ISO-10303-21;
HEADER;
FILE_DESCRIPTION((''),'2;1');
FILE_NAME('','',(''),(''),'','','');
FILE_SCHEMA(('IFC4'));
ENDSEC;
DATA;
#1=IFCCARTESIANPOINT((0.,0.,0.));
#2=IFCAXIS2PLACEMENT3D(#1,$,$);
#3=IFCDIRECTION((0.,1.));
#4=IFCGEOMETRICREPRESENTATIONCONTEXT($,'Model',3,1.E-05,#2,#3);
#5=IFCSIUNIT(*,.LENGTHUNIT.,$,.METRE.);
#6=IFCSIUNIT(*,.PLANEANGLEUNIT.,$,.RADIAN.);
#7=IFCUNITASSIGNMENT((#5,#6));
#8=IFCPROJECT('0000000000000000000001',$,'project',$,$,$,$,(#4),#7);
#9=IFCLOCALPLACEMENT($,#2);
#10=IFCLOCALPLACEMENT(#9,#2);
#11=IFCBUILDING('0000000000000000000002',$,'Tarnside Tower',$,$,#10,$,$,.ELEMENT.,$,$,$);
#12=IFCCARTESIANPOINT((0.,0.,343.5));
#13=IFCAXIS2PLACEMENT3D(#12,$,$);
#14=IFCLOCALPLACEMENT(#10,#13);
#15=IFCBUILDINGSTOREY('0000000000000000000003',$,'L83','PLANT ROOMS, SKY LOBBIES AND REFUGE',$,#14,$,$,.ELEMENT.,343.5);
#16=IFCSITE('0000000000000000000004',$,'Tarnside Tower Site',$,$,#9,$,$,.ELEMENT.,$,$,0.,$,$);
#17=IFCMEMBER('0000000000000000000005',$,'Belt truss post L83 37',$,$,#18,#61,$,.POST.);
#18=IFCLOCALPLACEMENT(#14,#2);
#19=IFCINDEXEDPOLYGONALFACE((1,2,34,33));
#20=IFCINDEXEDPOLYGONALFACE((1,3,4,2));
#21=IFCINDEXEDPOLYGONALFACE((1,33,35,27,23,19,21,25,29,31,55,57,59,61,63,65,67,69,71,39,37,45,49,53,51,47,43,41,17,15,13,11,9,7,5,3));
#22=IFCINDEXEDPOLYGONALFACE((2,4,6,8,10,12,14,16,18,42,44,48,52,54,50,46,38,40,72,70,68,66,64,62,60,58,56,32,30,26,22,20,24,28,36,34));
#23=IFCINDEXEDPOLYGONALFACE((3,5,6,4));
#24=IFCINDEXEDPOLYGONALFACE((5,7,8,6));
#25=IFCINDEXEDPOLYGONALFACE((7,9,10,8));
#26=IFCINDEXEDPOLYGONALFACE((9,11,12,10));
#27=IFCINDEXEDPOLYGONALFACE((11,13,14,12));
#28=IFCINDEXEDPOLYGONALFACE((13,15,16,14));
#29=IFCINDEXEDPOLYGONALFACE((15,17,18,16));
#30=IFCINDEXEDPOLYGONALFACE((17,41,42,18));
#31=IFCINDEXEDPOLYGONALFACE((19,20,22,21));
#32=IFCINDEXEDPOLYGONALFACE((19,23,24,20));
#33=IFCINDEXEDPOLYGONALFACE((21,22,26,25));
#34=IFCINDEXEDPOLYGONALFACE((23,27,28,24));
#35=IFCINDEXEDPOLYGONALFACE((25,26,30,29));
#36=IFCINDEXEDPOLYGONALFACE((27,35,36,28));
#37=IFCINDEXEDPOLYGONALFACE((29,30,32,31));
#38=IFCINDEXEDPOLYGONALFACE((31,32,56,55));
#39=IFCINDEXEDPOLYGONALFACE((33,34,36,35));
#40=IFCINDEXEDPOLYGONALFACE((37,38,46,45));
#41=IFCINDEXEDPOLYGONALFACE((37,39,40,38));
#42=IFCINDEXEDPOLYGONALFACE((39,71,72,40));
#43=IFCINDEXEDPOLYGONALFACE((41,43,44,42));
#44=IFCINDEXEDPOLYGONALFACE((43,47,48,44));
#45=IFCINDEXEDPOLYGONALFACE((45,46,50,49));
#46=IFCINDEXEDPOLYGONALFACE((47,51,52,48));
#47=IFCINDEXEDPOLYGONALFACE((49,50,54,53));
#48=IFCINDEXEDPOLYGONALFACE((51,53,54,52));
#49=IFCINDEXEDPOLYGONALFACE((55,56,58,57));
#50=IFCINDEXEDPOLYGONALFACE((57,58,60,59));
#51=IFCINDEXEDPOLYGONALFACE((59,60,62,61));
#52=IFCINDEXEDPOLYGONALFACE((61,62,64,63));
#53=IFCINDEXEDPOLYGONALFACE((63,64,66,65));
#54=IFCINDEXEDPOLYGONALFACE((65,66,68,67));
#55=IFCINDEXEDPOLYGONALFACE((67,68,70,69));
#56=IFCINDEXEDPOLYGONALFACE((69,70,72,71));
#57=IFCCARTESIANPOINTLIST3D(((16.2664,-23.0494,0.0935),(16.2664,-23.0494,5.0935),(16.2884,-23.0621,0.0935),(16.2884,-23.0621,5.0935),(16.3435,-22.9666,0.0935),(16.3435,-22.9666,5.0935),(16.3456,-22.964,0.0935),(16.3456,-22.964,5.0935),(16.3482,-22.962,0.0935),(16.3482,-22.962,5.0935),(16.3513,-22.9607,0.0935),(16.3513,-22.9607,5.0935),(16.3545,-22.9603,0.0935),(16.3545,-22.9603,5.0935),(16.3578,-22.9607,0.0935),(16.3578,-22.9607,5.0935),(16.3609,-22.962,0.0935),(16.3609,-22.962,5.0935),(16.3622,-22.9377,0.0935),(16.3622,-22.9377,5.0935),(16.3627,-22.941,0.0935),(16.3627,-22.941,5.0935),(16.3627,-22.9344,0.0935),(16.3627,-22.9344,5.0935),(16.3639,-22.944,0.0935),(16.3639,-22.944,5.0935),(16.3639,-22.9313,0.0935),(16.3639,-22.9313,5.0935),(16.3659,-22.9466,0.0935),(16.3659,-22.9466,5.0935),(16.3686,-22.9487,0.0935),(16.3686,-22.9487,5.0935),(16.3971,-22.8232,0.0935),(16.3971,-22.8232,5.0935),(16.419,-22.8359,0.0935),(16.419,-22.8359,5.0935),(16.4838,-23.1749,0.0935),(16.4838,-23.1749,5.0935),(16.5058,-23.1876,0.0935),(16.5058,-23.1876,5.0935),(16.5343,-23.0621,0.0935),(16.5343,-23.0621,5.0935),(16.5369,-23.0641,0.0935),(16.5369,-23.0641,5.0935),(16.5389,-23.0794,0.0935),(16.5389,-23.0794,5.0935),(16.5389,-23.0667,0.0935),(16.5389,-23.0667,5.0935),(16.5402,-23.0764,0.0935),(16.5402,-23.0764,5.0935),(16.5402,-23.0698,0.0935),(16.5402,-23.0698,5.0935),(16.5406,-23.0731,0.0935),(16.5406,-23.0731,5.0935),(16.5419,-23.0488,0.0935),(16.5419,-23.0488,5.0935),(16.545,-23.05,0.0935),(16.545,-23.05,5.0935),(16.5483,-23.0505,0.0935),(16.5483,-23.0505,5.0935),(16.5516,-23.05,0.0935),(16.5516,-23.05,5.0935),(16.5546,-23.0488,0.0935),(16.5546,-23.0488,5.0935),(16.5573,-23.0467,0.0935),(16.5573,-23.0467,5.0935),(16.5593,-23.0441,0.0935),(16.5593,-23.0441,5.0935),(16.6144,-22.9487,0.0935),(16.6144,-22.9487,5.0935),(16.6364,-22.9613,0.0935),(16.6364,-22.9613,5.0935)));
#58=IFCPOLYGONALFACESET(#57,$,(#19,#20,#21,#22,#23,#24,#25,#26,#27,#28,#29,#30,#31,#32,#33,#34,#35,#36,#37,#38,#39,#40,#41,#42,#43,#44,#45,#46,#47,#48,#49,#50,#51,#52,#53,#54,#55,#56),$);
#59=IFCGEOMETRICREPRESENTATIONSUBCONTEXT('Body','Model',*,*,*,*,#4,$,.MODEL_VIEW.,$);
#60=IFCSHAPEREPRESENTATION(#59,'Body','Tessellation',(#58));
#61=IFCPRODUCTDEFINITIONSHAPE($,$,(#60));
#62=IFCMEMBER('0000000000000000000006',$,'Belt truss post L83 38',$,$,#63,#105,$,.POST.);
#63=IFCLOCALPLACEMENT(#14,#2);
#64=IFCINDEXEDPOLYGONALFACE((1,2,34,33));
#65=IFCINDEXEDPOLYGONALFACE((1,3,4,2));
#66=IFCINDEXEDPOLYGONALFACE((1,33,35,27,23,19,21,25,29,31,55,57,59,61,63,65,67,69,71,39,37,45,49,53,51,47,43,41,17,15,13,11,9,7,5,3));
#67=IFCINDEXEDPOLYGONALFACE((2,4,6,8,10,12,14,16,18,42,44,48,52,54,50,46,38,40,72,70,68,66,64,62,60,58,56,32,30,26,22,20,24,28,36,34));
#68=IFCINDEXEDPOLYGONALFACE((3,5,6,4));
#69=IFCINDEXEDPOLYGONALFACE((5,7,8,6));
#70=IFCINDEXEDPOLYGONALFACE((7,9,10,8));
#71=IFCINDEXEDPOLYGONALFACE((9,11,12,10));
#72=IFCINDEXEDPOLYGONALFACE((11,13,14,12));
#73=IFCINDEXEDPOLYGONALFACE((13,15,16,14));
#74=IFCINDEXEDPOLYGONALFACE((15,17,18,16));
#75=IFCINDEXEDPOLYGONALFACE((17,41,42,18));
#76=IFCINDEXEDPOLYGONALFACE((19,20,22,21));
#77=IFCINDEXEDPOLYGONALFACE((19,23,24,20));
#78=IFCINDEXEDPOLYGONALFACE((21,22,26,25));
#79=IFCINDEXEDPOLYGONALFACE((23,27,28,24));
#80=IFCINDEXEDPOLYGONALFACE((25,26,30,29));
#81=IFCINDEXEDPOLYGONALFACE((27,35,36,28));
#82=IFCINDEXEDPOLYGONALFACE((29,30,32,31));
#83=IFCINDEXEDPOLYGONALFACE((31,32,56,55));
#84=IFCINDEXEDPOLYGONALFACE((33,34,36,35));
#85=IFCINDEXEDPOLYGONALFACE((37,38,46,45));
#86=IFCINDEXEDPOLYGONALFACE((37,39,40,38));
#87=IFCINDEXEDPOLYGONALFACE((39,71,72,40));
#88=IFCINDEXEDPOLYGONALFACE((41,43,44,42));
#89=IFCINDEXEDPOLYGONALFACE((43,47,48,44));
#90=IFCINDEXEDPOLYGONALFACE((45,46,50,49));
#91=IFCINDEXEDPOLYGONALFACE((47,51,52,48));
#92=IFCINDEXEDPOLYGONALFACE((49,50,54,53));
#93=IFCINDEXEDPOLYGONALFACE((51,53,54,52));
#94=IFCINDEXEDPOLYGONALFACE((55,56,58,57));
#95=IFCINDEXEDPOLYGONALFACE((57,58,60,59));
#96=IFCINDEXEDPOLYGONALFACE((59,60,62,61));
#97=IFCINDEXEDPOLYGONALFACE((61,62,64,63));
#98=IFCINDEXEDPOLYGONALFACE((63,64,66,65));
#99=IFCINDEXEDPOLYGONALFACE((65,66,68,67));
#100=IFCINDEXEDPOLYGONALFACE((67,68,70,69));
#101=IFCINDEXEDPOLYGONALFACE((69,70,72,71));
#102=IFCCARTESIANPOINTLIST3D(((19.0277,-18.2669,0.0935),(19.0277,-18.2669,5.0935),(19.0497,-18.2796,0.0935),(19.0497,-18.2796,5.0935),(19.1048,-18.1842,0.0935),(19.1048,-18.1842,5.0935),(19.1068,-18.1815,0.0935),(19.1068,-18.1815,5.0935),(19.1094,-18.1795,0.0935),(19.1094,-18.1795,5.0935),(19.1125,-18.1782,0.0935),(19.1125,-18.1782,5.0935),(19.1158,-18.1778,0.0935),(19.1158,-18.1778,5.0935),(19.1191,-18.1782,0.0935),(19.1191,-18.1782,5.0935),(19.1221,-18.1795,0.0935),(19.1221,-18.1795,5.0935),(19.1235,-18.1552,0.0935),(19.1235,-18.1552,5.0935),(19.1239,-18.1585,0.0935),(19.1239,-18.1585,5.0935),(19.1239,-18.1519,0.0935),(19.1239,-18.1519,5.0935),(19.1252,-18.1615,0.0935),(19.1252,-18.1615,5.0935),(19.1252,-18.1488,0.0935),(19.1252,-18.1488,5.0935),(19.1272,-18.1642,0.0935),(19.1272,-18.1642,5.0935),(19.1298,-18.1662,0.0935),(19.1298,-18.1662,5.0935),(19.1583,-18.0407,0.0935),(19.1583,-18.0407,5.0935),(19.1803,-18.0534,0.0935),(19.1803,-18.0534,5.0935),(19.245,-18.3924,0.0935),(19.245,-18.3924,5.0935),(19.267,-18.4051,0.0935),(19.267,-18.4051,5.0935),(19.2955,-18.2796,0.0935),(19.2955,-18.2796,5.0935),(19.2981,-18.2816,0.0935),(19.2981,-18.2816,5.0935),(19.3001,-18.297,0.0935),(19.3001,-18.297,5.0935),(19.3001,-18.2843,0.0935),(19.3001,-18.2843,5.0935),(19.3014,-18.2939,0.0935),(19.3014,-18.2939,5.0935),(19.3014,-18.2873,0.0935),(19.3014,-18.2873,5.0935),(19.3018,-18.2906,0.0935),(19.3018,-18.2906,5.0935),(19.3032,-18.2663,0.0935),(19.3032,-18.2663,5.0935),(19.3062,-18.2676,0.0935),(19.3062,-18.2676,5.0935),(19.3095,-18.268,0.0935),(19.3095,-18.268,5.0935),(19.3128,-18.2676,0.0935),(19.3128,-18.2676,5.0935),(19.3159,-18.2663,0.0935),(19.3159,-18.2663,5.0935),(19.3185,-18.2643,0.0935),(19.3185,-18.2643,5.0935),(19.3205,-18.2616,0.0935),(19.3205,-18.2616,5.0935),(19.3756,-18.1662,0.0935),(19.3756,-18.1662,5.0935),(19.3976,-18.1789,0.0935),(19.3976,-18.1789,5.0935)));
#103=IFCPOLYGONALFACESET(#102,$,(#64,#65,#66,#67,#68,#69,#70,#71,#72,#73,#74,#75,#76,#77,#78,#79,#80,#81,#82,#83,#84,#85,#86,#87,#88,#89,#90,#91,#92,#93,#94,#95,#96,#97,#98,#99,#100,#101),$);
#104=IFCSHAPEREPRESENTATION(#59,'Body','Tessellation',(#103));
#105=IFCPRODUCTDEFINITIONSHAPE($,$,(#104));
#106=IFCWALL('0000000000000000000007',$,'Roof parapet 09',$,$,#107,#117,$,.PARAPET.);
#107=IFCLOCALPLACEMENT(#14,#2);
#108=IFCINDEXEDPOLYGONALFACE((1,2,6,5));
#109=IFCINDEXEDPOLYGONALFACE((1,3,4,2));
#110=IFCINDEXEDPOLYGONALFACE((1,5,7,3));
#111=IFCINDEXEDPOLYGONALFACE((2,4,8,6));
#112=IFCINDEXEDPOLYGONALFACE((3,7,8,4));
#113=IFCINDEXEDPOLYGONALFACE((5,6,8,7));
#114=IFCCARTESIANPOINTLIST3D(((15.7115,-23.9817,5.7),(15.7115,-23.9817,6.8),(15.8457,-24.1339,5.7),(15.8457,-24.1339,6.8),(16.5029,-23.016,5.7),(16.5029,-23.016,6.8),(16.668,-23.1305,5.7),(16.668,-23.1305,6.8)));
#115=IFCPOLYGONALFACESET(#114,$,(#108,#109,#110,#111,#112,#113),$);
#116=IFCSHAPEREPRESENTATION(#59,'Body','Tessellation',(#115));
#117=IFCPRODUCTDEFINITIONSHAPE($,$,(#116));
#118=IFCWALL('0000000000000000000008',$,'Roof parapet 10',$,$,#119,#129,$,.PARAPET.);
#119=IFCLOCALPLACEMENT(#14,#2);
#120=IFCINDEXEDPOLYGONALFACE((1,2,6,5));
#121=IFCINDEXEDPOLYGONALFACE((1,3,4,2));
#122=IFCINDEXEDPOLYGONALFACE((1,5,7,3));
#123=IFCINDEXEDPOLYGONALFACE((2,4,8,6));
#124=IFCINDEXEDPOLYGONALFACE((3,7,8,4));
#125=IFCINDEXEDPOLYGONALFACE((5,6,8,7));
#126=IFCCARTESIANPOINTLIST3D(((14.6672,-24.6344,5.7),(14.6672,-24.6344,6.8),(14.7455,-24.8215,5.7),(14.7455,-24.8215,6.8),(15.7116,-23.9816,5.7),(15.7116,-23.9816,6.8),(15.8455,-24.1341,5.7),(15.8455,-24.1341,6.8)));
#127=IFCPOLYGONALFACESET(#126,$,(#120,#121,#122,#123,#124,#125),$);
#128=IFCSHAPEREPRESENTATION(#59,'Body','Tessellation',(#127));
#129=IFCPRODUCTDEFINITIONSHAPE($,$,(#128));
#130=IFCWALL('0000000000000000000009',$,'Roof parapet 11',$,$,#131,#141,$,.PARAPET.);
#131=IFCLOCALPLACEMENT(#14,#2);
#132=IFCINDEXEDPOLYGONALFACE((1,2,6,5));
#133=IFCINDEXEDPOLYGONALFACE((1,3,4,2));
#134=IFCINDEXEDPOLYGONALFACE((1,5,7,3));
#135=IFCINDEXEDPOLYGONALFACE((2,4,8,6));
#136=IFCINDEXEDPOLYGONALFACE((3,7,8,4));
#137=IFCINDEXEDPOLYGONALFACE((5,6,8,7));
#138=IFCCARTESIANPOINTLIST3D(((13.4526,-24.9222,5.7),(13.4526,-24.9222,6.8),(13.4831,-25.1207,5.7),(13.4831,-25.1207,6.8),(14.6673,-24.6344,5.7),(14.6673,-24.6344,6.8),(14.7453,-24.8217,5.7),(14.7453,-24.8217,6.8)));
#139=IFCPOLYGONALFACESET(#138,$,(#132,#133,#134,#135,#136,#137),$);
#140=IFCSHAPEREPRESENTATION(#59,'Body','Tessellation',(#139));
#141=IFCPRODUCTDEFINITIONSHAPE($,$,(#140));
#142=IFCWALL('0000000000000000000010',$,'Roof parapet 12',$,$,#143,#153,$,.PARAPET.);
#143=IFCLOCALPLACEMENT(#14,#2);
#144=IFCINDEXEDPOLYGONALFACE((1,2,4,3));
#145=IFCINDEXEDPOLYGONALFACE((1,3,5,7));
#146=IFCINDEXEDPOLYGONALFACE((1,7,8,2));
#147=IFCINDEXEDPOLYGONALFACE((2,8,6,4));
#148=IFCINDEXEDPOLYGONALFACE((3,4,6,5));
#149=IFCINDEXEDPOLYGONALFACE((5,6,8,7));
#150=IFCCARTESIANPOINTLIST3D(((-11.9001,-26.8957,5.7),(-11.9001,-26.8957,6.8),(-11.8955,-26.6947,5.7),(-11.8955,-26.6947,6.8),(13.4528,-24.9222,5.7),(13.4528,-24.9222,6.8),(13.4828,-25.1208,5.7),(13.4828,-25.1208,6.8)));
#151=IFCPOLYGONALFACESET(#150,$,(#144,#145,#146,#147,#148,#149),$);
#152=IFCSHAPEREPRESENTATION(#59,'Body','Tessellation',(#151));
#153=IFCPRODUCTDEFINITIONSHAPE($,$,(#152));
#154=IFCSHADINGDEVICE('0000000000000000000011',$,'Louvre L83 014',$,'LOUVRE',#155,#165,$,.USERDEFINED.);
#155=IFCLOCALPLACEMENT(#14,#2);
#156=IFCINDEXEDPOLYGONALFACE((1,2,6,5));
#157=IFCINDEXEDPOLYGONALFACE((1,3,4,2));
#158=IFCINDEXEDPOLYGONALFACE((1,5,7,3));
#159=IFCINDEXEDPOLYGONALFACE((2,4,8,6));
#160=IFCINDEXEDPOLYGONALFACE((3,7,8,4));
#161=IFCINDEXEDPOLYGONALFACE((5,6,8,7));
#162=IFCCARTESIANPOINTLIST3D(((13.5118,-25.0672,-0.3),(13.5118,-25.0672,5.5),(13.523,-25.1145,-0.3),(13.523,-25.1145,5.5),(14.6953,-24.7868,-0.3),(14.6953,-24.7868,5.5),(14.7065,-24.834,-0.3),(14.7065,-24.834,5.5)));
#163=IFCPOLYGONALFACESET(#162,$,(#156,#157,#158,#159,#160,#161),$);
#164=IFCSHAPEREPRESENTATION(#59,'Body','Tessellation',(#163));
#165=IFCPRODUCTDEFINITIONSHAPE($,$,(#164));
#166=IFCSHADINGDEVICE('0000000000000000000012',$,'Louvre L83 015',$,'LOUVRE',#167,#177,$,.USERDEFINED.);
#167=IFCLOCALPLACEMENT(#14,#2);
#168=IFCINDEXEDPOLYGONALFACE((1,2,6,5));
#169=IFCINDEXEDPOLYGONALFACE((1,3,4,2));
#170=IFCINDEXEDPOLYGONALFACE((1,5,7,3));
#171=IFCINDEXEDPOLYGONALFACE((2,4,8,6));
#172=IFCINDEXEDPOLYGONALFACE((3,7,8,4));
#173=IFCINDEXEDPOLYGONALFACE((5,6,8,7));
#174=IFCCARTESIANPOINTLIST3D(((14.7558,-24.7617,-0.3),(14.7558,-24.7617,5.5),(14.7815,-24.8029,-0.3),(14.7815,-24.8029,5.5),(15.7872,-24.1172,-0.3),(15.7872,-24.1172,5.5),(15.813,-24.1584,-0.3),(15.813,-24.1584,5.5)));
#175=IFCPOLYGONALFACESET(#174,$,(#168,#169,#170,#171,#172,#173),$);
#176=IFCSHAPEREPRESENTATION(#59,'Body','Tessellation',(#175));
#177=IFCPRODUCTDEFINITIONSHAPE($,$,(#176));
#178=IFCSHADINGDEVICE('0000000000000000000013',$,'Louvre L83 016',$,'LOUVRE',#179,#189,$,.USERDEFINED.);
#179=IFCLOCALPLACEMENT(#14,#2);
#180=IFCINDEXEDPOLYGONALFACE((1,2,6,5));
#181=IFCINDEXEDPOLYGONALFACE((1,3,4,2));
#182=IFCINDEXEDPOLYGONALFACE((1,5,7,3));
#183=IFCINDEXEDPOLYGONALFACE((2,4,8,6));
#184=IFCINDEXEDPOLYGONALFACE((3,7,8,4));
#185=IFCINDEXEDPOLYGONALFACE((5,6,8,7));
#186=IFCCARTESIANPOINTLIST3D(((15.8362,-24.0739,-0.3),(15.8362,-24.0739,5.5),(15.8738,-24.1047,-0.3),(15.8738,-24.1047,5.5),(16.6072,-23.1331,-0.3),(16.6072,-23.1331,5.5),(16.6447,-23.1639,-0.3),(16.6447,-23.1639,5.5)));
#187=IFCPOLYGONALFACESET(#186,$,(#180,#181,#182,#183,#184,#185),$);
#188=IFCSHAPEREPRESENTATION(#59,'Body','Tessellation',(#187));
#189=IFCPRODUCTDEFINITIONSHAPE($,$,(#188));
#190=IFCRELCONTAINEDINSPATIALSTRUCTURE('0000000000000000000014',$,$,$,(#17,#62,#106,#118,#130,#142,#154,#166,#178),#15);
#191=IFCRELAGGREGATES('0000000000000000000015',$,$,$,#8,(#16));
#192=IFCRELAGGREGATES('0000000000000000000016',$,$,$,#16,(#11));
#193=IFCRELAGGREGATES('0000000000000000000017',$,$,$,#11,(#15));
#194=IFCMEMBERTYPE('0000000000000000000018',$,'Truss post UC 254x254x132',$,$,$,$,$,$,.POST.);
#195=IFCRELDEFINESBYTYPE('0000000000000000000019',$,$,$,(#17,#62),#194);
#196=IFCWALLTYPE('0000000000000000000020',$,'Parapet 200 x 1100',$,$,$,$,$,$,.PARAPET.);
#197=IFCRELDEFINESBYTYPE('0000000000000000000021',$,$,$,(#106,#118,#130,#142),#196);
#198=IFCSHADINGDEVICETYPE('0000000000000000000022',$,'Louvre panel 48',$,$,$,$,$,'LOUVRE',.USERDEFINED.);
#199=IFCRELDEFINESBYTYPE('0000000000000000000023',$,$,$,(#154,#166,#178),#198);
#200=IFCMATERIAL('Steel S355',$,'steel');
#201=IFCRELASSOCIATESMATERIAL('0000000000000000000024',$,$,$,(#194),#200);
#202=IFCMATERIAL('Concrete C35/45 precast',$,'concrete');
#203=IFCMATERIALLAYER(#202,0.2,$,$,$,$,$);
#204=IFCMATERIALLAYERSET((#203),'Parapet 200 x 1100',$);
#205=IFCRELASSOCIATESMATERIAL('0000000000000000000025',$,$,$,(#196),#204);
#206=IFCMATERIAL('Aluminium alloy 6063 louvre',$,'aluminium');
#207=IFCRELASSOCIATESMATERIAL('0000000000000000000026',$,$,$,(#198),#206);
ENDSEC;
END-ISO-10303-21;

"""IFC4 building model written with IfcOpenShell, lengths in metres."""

from ifc_helpers import new_model, si_unit, direction, frame, origin, origin_2d, place, context, subcontext, project, spatial, polyline, i_section, outline, extrude, material, layer, layer_set, material_profile, profile_set, type_object, element, save


model = new_model("IFC4")

# Units and contexts
model_context = context("Model", 3, precision=1e-05, world=origin(), true_north=direction((0.0, 1.0)))
body_context = subcontext(model_context, "Body", "Model", "MODEL_VIEW")
ifc_project = project(units=[si_unit("LENGTHUNIT", "METRE"), si_unit("PLANEANGLEUNIT", "RADIAN")], contexts=[model_context])

# Site, building, storey
site_placement = place(None, origin())
site = spatial("IfcSite", under=ifc_project, at=site_placement, Name="Tarnside Tower Site", CompositionType="ELEMENT", RefElevation=0.0)
building_placement = place(site_placement, origin())
building = spatial("IfcBuilding", under=site, at=building_placement, Name="Tarnside Tower", CompositionType="ELEMENT")
storey_placement = place(building_placement, frame((0.0, 0.0, 343.5)))
storey = spatial("IfcBuildingStorey", under=building, at=storey_placement, Name="L83", Description="PLANT ROOMS, SKY LOBBIES AND REFUGE", CompositionType="ELEMENT", Elevation=343.5)

# Shared definitions
ifc_material_1 = material(Name="Steel S355", Category="steel")

# Members
ifc_material_profile_1 = material_profile(ifc_material_1, i_section(OverallWidth=0.2612, OverallDepth=0.2764, WebThickness=0.0154, FlangeThickness=0.0254, FilletRadius=0.0127, at=origin_2d()), Name="UC 254x254x132")
ifc_profile_set_1 = profile_set([ifc_material_profile_1], Name="Steel S355")
member_type_1 = type_object("IfcMemberType", Name="Truss post UC 254x254x132", PredefinedType="POST", material=ifc_profile_set_1)
for number, where, z_axis, x_axis, name in (
    (1, (16.4514, -23.0054, 0.0935), (0.0, 0.0, 1.0), (0.5, 0.866025, 0.0), "Belt truss post L83 37"),
    (2, (19.2126, -18.2229, 0.0935), (0.0, 0.0, 1.0), (0.5, 0.866025, 0.0), "Belt truss post L83 38"),
):
    element("IfcMember", number, at=place(storey_placement, frame(where, z_axis=z_axis, x_axis=x_axis)), inside=storey, type_object=member_type_1, Name=name, PredefinedType="POST", context=body_context, shape_type="SweptSolid", body=[
        extrude(i_section(OverallWidth=0.2612, OverallDepth=0.2764, WebThickness=0.0154, FlangeThickness=0.0254, FilletRadius=0.0127, at=origin_2d()), origin(), (0.0, 0.0, 1.0), 5.0),
    ])

# Walls
ifc_material_2 = material(Name="Concrete C35/45 precast", Category="concrete")
ifc_layer_1 = layer(ifc_material_2, 0.2)
ifc_layer_set_1 = layer_set([ifc_layer_1], Name="Parapet 200 x 1100")
wall_type = type_object("IfcWallType", Name="Parapet 200 x 1100", PredefinedType="PARAPET", material=ifc_layer_set_1)
wall_1_placement = place(storey_placement, frame((16.5854, -23.0732, 5.7), z_axis=(0.0, 0.0, 1.0), x_axis=(-0.633843, -0.773461, 0.0)))
element("IfcWall", 3, at=wall_1_placement, inside=storey, type_object=wall_type, Name="Roof parapet 09", PredefinedType="PARAPET", context=body_context, shape_type="SweptSolid", body=[
    extrude(outline(polyline([(0.0081, -0.1001), (1.2566, -0.1001), (1.2893, 0.1001), (-0.0081, 0.1001), (0.0081, -0.1001)])), origin(), (0.0, 0.0, 1.0), 1.1001),
])
wall_2_placement = place(storey_placement, frame((15.7786, -24.0579, 5.7), z_axis=(0.0, 0.0, 1.0), x_axis=(-0.847998, -0.529999, 0.0)))
element("IfcWall", 4, at=wall_2_placement, inside=storey, type_object=wall_type, Name="Roof parapet 10", PredefinedType="PARAPET", context=body_context, shape_type="SweptSolid", body=[
    extrude(outline(polyline([(0.0164, -0.1001), (1.248, -0.1001), (1.2808, 0.1001), (-0.0164, 0.1001), (0.0164, -0.1001)])), origin(), (0.0, 0.0, 1.0), 1.1001),
])
wall_3_placement = place(storey_placement, frame((14.7063, -24.728, 5.7), z_axis=(0.0, 0.0, 1.0), x_axis=(-0.973059, -0.230557, 0.0)))
element("IfcWall", 5, at=wall_3_placement, inside=storey, type_object=wall_type, Name="Roof parapet 11", PredefinedType="PARAPET", context=body_context, shape_type="SweptSolid", body=[
    extrude(outline(polyline([(0.0164, -0.1001), (1.2646, -0.1001), (1.2808, 0.1001), (-0.0164, 0.1001), (0.0164, -0.1001)])), origin(), (0.0, 0.0, 1.0), 1.1001),
])
wall_4_placement = place(storey_placement, frame((13.4678, -25.0215, 5.7), z_axis=(0.0, 0.0, 1.0), x_axis=(-0.997564, -0.069755, 0.0)))
element("IfcWall", 6, at=wall_4_placement, inside=storey, type_object=wall_type, Name="Roof parapet 12", PredefinedType="PARAPET", context=body_context, shape_type="SweptSolid", body=[
    extrude(outline(polyline([(0.0081, -0.1001), (25.4182, -0.1001), (25.4368, 0.1001), (-0.0081, 0.1001), (0.0081, -0.1001)])), origin(), (0.0, 0.0, 1.0), 1.1001),
])

# Shading devices
ifc_material_3 = material(Name="Aluminium alloy 6063 louvre", Category="aluminium")
shading_device_type_1 = type_object("IfcShadingDeviceType", Name="Louvre panel 48", ElementType="LOUVRE", PredefinedType="USERDEFINED", material=ifc_material_3)
for number, where, z_axis, x_axis, name in (
    (7, (14.1035, -24.927, -0.3), (-0.973048, -0.230602, 0.0), (0.230602, -0.973048, 0.0), "Louvre L83 014"),
    (8, (15.2715, -24.4395, -0.3), (-0.848031, -0.529947, 0.0), (0.529947, -0.848031, 0.0), "Louvre L83 015"),
    (9, (16.2217, -23.6035, -0.3), (-0.633855, -0.773452, 0.0), (0.773452, -0.633855, 0.0), "Louvre L83 016"),
):
    element("IfcShadingDevice", number, at=place(storey_placement, frame(where, z_axis=z_axis, x_axis=x_axis)), inside=storey, type_object=shading_device_type_1, Name=name, ObjectType="LOUVRE", PredefinedType="USERDEFINED", context=body_context, shape_type="SweptSolid", body=[
        extrude(outline(polyline([(0.0, 0.0), (0.0486, 0.0), (0.0486, 5.8), (0.0, 5.8), (0.0, 0.0)])), frame((0.0, 0.0, -0.6082)), (0.0, 0.0, 1.0), 1.2163),
    ])

save(model, "model.ifc")
